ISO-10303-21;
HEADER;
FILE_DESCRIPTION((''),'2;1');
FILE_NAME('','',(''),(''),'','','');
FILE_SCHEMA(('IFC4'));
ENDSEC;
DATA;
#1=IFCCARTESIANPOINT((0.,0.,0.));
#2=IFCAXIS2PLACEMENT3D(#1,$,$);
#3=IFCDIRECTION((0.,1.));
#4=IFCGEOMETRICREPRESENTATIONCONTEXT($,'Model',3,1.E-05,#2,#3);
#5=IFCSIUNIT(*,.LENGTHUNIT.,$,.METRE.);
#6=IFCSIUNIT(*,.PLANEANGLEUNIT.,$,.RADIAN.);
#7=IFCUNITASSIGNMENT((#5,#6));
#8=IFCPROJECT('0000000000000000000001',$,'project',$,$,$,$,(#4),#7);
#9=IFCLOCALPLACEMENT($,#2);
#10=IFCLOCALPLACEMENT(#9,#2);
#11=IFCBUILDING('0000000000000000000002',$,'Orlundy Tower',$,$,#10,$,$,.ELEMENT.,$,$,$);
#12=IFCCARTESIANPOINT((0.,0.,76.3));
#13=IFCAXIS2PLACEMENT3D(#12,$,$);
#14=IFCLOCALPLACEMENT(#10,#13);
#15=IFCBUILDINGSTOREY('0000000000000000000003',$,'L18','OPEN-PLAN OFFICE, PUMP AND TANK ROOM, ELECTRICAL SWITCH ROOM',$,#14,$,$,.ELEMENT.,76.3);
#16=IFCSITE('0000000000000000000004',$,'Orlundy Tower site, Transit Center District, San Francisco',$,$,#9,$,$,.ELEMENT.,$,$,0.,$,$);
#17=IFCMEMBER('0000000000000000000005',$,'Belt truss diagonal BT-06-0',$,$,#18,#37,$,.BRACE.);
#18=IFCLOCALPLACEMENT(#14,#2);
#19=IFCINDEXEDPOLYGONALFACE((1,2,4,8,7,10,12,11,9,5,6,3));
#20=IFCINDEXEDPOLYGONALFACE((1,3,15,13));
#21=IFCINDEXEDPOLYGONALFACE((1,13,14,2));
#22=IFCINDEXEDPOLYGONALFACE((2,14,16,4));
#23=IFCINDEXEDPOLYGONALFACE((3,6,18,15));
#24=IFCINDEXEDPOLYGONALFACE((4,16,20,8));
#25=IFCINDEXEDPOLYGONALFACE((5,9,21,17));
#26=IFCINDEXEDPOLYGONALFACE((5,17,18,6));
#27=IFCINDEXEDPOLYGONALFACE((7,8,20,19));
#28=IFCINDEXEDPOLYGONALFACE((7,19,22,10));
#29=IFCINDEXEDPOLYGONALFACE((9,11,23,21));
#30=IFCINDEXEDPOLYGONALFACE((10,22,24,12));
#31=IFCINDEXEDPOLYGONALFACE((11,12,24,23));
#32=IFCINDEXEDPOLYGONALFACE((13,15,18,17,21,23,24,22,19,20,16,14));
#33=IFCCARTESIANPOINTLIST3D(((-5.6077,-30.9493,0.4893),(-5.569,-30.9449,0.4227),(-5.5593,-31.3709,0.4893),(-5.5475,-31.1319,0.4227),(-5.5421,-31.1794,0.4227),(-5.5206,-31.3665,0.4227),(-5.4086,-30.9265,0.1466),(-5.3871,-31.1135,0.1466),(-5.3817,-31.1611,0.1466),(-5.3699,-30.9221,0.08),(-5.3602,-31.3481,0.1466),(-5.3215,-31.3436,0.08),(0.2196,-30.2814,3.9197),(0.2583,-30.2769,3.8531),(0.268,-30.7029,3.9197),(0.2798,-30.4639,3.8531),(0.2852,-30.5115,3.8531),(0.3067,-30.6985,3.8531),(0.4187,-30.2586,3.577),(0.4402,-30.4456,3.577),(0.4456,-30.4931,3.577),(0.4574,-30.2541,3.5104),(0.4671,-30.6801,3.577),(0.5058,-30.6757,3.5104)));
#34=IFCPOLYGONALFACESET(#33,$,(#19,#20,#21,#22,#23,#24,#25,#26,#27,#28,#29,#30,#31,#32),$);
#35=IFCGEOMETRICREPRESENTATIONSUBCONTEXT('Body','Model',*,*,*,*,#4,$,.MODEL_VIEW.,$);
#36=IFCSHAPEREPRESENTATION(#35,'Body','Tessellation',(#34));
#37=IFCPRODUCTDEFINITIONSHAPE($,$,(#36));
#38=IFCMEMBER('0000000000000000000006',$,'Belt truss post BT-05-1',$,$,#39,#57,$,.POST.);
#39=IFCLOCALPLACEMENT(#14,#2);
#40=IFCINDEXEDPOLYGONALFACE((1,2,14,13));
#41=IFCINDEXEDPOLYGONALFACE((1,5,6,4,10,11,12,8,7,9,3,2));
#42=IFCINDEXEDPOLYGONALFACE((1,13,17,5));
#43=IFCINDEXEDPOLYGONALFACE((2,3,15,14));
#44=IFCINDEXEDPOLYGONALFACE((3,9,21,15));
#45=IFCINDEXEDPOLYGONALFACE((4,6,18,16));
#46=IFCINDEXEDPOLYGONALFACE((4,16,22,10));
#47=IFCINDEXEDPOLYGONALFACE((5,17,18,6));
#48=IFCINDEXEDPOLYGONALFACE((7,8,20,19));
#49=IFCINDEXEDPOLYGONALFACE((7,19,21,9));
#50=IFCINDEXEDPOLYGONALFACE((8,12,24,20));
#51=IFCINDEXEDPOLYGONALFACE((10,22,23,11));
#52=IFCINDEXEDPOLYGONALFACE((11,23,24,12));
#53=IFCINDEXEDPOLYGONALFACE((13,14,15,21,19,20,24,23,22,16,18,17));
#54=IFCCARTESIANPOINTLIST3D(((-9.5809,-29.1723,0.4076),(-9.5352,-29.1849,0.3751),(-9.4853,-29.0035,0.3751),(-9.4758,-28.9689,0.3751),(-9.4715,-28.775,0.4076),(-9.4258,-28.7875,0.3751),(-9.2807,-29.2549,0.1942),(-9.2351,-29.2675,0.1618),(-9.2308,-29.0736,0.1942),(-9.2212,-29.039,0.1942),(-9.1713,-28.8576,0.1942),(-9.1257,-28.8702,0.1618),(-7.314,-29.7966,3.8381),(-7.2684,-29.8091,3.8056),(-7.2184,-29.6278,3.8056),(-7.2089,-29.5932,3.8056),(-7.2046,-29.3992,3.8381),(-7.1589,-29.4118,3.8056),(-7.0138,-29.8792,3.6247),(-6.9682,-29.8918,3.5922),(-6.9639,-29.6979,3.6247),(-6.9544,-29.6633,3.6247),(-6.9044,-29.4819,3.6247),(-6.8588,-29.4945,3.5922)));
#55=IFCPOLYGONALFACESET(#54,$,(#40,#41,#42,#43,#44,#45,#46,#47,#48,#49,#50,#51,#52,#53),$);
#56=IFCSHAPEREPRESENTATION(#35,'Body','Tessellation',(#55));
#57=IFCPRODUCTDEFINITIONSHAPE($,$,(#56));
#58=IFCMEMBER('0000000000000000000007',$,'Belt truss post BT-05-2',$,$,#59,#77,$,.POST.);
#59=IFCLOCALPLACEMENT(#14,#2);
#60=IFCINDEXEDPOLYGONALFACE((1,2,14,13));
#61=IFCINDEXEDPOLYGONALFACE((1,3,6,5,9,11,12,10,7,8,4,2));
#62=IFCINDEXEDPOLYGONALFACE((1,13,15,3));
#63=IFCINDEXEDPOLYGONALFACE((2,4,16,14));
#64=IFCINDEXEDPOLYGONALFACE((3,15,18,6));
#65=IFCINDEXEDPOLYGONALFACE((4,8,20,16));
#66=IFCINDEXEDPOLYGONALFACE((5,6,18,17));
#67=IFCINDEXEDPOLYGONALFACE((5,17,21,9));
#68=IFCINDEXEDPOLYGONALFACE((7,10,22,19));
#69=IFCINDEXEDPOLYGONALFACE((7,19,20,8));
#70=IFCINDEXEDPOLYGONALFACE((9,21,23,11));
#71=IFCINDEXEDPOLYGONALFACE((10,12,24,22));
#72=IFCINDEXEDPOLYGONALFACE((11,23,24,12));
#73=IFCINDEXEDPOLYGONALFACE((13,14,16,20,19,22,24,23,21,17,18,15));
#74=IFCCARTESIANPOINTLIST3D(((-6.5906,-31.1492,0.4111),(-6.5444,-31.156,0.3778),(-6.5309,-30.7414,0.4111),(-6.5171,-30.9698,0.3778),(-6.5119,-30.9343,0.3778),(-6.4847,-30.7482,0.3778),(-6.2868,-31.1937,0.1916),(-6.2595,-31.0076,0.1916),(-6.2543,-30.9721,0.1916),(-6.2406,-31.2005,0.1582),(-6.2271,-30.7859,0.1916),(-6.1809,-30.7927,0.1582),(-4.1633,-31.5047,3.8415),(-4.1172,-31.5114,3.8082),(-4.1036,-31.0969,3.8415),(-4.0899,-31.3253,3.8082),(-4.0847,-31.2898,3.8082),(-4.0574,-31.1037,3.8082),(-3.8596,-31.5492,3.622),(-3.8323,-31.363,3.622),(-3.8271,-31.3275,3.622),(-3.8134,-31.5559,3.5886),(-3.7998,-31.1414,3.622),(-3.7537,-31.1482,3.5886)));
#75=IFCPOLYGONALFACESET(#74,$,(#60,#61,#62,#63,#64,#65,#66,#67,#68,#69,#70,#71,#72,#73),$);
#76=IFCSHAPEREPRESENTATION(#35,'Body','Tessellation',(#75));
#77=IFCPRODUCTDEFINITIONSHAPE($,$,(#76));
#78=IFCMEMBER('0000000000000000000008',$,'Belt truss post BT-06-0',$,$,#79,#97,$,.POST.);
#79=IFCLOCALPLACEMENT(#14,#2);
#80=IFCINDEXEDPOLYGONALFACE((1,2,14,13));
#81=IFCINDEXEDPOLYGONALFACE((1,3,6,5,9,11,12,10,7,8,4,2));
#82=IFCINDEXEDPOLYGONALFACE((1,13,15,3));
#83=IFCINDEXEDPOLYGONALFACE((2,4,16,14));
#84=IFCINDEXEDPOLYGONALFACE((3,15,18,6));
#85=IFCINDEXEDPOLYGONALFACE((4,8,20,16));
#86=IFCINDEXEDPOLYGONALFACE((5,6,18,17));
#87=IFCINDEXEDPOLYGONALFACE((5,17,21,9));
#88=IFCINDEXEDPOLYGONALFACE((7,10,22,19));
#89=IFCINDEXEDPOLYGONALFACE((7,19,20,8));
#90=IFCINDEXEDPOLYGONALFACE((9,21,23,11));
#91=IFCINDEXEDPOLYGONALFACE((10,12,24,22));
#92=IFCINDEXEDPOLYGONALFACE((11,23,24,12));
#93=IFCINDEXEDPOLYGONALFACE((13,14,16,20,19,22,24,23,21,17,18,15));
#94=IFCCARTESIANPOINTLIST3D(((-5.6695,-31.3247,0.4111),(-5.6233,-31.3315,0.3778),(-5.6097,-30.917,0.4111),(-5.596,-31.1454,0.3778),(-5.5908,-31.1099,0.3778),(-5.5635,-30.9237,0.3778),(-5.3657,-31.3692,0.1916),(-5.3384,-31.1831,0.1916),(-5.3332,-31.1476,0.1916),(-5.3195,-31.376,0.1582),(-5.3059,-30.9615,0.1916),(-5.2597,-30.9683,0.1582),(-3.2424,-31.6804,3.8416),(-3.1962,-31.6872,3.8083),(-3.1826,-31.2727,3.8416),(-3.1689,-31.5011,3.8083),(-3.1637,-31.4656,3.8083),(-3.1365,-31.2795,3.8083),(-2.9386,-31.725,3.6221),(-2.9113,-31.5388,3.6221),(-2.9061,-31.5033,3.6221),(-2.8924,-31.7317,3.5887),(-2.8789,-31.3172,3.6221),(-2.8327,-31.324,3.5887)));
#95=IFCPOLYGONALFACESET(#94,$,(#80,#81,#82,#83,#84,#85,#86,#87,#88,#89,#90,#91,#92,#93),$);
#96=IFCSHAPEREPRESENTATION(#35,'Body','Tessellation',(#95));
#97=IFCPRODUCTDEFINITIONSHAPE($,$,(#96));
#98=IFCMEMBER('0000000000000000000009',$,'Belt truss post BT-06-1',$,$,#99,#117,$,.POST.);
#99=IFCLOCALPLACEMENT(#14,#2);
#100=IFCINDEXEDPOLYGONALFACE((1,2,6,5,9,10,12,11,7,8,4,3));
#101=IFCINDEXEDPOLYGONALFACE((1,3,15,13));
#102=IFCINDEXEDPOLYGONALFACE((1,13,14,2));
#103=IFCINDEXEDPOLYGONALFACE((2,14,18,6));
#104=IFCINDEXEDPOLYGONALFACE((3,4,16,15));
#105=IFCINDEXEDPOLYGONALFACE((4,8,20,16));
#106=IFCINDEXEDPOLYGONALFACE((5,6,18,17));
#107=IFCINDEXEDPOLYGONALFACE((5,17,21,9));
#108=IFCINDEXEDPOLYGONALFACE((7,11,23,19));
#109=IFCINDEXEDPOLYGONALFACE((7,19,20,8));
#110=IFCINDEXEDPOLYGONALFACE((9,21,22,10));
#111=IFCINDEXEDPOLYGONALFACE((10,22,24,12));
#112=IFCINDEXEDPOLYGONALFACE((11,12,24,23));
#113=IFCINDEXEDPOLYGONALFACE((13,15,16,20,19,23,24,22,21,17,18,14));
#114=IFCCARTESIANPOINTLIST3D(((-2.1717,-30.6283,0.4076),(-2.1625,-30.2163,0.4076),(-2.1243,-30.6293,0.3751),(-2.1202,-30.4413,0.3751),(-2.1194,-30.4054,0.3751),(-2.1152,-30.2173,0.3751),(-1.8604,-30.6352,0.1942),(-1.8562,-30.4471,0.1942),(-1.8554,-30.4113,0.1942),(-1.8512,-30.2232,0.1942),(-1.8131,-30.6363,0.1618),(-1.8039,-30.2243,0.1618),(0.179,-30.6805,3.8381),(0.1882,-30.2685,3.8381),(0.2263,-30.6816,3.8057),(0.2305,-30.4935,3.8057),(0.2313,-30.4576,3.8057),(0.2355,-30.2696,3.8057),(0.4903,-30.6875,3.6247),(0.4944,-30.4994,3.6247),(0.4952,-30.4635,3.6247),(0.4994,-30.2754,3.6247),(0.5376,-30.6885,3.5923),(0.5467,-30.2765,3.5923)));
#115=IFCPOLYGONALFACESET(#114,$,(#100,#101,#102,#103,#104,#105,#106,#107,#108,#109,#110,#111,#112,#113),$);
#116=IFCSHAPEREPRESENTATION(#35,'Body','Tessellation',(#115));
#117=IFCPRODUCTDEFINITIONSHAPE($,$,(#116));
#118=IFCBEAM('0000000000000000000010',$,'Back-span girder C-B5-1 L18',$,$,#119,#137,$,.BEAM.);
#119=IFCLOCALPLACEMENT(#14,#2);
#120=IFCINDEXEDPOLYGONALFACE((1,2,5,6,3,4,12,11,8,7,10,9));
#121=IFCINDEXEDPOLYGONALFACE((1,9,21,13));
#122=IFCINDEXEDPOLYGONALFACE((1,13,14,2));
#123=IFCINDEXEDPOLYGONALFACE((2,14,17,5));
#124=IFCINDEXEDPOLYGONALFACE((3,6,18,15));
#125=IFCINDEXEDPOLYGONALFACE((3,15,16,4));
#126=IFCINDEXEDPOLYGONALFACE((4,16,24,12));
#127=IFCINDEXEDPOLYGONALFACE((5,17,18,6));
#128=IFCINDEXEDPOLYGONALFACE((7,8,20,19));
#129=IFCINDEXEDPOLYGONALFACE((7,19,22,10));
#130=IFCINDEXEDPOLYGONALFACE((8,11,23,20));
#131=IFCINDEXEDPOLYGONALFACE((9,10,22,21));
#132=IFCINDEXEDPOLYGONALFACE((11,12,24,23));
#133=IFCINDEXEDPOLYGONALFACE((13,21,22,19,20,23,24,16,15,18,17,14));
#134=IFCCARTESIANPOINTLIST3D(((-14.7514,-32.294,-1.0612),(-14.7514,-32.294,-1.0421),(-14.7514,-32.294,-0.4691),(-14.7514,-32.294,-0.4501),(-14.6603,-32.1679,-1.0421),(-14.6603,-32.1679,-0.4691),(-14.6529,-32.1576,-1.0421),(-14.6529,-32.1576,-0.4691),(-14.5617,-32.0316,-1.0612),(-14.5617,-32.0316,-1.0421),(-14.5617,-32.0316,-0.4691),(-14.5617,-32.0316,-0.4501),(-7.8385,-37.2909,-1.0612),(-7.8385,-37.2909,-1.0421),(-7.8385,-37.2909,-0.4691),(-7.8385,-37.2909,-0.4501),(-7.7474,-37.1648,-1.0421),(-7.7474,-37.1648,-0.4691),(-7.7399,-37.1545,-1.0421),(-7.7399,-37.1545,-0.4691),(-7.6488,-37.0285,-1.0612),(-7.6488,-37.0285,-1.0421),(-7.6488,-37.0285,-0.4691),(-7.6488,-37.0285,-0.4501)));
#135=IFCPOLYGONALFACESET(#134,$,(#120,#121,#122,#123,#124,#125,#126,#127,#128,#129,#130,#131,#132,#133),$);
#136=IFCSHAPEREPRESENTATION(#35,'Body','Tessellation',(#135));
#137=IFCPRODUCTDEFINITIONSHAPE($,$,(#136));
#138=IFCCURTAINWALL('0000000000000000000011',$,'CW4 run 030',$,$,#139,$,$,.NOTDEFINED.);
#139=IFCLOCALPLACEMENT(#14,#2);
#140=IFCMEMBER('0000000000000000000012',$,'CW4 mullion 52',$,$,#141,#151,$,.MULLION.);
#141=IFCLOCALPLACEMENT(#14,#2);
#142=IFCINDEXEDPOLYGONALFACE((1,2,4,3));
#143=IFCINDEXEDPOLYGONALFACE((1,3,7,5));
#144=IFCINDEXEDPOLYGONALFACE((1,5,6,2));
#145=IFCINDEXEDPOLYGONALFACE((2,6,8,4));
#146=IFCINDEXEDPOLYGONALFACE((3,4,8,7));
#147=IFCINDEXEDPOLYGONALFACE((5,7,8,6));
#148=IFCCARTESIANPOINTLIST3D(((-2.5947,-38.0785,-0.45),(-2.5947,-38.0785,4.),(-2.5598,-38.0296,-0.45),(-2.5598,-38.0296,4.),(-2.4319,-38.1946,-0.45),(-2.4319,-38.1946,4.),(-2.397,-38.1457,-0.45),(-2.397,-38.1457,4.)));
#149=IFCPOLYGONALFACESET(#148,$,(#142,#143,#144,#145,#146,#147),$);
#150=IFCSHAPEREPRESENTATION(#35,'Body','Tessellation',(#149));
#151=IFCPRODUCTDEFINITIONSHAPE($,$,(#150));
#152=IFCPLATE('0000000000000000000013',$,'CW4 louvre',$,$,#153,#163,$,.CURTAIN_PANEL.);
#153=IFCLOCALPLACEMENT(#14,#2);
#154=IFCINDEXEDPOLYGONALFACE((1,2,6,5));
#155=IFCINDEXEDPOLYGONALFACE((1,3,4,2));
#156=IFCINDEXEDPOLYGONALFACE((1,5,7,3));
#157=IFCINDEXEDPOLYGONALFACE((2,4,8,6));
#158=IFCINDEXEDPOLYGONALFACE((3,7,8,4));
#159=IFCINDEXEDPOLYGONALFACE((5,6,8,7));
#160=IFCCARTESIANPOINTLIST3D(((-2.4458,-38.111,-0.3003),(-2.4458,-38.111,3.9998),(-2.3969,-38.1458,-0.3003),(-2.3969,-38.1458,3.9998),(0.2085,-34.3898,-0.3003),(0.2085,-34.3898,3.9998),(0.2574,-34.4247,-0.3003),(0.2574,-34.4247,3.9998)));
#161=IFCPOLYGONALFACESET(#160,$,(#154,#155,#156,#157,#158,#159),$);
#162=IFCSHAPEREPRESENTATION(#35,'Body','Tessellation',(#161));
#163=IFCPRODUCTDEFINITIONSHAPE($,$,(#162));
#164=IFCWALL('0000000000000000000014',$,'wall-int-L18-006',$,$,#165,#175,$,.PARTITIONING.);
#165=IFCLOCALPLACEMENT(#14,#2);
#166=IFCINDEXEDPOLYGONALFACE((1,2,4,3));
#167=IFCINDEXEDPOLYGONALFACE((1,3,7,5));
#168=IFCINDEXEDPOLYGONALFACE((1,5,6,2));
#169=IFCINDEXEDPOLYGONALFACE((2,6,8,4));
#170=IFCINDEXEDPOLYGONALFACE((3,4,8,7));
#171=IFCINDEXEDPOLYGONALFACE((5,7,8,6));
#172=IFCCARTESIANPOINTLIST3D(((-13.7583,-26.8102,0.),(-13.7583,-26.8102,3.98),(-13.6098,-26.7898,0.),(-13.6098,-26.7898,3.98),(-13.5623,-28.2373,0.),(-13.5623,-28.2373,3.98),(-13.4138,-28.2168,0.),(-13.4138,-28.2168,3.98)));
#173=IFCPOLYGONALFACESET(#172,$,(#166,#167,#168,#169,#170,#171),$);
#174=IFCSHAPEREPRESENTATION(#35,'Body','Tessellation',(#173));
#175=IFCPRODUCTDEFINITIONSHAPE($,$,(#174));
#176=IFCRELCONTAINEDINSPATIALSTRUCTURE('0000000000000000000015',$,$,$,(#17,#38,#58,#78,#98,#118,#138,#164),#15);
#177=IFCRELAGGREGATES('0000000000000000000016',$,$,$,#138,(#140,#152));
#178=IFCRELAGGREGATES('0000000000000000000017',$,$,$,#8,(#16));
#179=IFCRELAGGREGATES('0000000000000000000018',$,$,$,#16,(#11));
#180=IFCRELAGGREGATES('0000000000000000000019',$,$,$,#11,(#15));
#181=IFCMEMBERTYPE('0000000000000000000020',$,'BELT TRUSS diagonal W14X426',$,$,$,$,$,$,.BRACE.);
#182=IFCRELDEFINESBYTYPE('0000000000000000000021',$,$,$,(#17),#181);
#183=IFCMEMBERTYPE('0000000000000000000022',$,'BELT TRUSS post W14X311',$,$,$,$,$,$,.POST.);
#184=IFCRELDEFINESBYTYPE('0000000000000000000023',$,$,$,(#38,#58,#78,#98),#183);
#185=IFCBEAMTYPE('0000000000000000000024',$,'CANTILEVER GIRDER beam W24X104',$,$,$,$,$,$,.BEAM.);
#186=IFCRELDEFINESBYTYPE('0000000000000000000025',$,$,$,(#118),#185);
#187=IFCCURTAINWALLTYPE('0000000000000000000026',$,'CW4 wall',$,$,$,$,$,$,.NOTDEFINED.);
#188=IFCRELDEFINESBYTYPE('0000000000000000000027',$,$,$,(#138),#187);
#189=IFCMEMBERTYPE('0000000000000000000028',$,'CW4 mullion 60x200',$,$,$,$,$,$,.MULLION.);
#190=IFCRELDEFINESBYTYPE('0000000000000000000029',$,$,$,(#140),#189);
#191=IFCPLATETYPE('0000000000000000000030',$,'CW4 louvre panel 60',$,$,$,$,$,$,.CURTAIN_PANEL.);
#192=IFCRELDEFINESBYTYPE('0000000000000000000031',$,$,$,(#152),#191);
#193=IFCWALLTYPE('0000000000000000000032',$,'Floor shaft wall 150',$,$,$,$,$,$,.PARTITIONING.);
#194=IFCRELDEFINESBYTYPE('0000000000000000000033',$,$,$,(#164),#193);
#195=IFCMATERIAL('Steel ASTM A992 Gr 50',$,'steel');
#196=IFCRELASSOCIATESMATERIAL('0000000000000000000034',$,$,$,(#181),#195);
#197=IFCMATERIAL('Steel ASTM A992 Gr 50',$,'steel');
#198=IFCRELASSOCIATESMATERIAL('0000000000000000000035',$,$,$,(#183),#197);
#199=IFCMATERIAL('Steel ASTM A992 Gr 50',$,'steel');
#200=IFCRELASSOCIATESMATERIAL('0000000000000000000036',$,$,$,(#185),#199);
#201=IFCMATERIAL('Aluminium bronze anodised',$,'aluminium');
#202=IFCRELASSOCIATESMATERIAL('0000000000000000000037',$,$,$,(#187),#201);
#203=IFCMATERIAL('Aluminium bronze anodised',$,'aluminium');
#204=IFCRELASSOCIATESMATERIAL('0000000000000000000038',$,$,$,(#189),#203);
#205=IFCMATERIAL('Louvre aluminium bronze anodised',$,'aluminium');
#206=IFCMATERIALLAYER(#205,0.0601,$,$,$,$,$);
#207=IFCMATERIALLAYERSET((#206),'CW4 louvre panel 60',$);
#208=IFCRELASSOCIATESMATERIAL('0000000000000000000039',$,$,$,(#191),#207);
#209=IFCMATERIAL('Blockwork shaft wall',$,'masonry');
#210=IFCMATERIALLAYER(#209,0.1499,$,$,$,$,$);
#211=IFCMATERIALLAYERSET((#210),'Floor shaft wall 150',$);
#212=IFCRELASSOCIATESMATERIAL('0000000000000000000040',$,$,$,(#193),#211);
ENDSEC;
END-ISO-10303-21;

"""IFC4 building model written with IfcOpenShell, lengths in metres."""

from ifc_helpers import new_model, si_unit, direction, frame, frame_2d, origin, origin_2d, place, context, subcontext, project, spatial, rectangle, i_section, extrude, material, layer, layer_set, material_profile, profile_set, type_object, element, aggregate, save


model = new_model("IFC4")

# Units and contexts
model_context = context("Model", 3, precision=1e-05, world=origin(), true_north=direction((0.0, 1.0)))
body_context = subcontext(model_context, "Body", "Model", "MODEL_VIEW")
ifc_project = project(units=[si_unit("LENGTHUNIT", "METRE"), si_unit("PLANEANGLEUNIT", "RADIAN")], contexts=[model_context])

# Site, building, storey
site_placement = place(None, origin())
site = spatial("IfcSite", under=ifc_project, at=site_placement, Name="Orlundy Tower site, Transit Center District, San Francisco", CompositionType="ELEMENT", RefElevation=0.0)
building_placement = place(site_placement, origin())
building = spatial("IfcBuilding", under=site, at=building_placement, Name="Orlundy Tower", CompositionType="ELEMENT")
storey_placement = place(building_placement, frame((0.0, 0.0, 76.3)))
storey = spatial("IfcBuildingStorey", under=building, at=storey_placement, Name="L18", Description="OPEN-PLAN OFFICE, PUMP AND TANK ROOM, ELECTRICAL SWITCH ROOM", CompositionType="ELEMENT", Elevation=76.3)

# Members
ifc_material_1 = material(Name="Steel ASTM A992 Gr 50", Category="steel")
ifc_material_profile_1 = material_profile(ifc_material_1, i_section(OverallWidth=0.4243, OverallDepth=0.4741, WebThickness=0.0479, FlangeThickness=0.0771, at=origin_2d()), Name="W14X426")
ifc_profile_set_1 = profile_set([ifc_material_profile_1], Name="Steel ASTM A992 Gr 50")
member_type_1 = type_object("IfcMemberType", Name="BELT TRUSS diagonal W14X426", PredefinedType="BRACE", material=ifc_profile_set_1)
member_1_placement = place(storey_placement, frame((-5.4646, -31.1465, 0.2847), z_axis=(0.857596, 0.098303, 0.504842), x_axis=(-0.11388, 0.993495, 0.0)))
element("IfcMember", 1, at=member_1_placement, inside=storey, type_object=member_type_1, Name="Belt truss diagonal BT-06-0", PredefinedType="BRACE", context=body_context, shape_type="SweptSolid", body=[
    extrude(i_section(OverallWidth=0.4243, OverallDepth=0.4741, WebThickness=0.0479, FlangeThickness=0.0771, at=origin_2d()), origin(), (0.0, 0.0, 1.0), 6.7949),
])
ifc_material_2 = material(Name="Steel ASTM A992 Gr 50", Category="steel")
ifc_material_profile_2 = material_profile(ifc_material_2, i_section(OverallWidth=0.4121, OverallDepth=0.4348, WebThickness=0.0359, FlangeThickness=0.0574, at=origin_2d()), Name="W14X311")
ifc_profile_set_2 = profile_set([ifc_material_profile_2], Name="Steel ASTM A992 Gr 50")
member_type_2 = type_object("IfcMemberType", Name="BELT TRUSS post W14X311", PredefinedType="POST", material=ifc_profile_set_2)
member_2_placement = place(storey_placement, frame((-9.3533, -29.0212, 0.2847), z_axis=(0.545065, -0.150106, 0.824847), x_axis=(0.265506, 0.964109, 0.0)))
element("IfcMember", 2, at=member_2_placement, inside=storey, type_object=member_type_2, Name="Belt truss post BT-05-1", PredefinedType="POST", context=body_context, shape_type="SweptSolid", body=[
    extrude(i_section(OverallWidth=0.4121, OverallDepth=0.4348, WebThickness=0.0359, FlangeThickness=0.0574, at=origin_2d()), origin(), (0.0, 0.0, 1.0), 4.1589),
])
for number, where, z_axis, x_axis, name in (
    (3, (-6.3857, -30.9709, 0.2847), (0.575544, -0.084288, 0.813415), (0.144904, 0.989446, 0.0), "Belt truss post BT-05-2"),
    (4, (-5.4646, -31.1465, 0.2847), (0.575503, -0.084348, 0.813438), (0.145015, 0.989429, 0.0), "Belt truss post BT-06-0"),
):
    element("IfcMember", number, at=place(storey_placement, frame(where, z_axis=z_axis, x_axis=x_axis)), inside=storey, type_object=member_type_2, Name=name, PredefinedType="POST", context=body_context, shape_type="SweptSolid", body=[
        extrude(i_section(OverallWidth=0.4121, OverallDepth=0.4348, WebThickness=0.0359, FlangeThickness=0.0574, at=origin_2d()), origin(), (0.0, 0.0, 1.0), 4.2173),
    ])
member_3_placement = place(storey_placement, frame((-1.9878, -30.4263, 0.2847), z_axis=(0.565205, -0.012563, 0.824855), x_axis=(0.022221, 0.999753, 0.0)))
element("IfcMember", 5, at=member_3_placement, inside=storey, type_object=member_type_2, Name="Belt truss post BT-06-1", PredefinedType="POST", context=body_context, shape_type="SweptSolid", body=[
    extrude(i_section(OverallWidth=0.4121, OverallDepth=0.4348, WebThickness=0.0359, FlangeThickness=0.0574, at=origin_2d()), origin(), (0.0, 0.0, 1.0), 4.1589),
])

# Beam
ifc_material_3 = material(Name="Steel ASTM A992 Gr 50", Category="steel")
ifc_material_profile_3 = material_profile(ifc_material_3, i_section(OverallWidth=0.3237, OverallDepth=0.6111, WebThickness=0.0127, FlangeThickness=0.019, at=origin_2d()), Name="W24X104")
ifc_profile_set_3 = profile_set([ifc_material_profile_3], Name="Steel ASTM A992 Gr 50")
beam_type = type_object("IfcBeamType", Name="CANTILEVER GIRDER beam W24X104", PredefinedType="BEAM", material=ifc_profile_set_3)
beam_placement = place(storey_placement, frame((-7.7437, -37.1597, -0.7556), z_axis=(-0.810444, 0.585816, 0.0), x_axis=(-0.585816, -0.810444, 0.0)))
element("IfcBeam", 6, at=beam_placement, inside=storey, type_object=beam_type, Name="Back-span girder C-B5-1 L18", PredefinedType="BEAM", context=body_context, shape_type="SweptSolid", body=[
    extrude(i_section(OverallWidth=0.3237, OverallDepth=0.6111, WebThickness=0.0127, FlangeThickness=0.019, at=origin_2d()), origin(), (0.0, 0.0, 1.0), 8.5298),
])

# Curtain wall, member, plate
ifc_material_4 = material(Name="Aluminium bronze anodised", Category="aluminium")
curtain_wall_type = type_object("IfcCurtainWallType", Name="CW4 wall", PredefinedType="NOTDEFINED", material=ifc_material_4)
curtain_wall_placement = place(storey_placement, origin())
curtain_wall = element("IfcCurtainWall", 7, at=curtain_wall_placement, inside=storey, type_object=curtain_wall_type, Name="CW4 run 030", PredefinedType="NOTDEFINED")
ifc_material_5 = material(Name="Aluminium bronze anodised", Category="aluminium")
ifc_material_profile_4 = material_profile(ifc_material_5, rectangle(XDim=0.2, YDim=0.0601, at=origin_2d()), Name="CW4 mullion 60x200")
ifc_profile_set_4 = profile_set([ifc_material_profile_4], Name="Aluminium bronze anodised")
member_type_3 = type_object("IfcMemberType", Name="CW4 mullion 60x200", PredefinedType="MULLION", material=ifc_profile_set_4)
member_4_placement = place(storey_placement, frame((-2.4958, -38.1121, -0.45), z_axis=(0.0, 0.0, 1.0), x_axis=(0.81411, -0.58071, 0.0)))
member_4 = element("IfcMember", 8, at=member_4_placement, type_object=member_type_3, Name="CW4 mullion 52", PredefinedType="MULLION", context=body_context, shape_type="SweptSolid", body=[
    extrude(rectangle(XDim=0.2, YDim=0.0601, at=origin_2d()), origin(), (0.0, 0.0, 1.0), 4.45),
])
ifc_material_6 = material(Name="Louvre aluminium bronze anodised", Category="aluminium")
ifc_layer_1 = layer(ifc_material_6, 0.0601)
ifc_layer_set_1 = layer_set([ifc_layer_1], Name="CW4 louvre panel 60")
plate_type = type_object("IfcPlateType", Name="CW4 louvre panel 60", PredefinedType="CURTAIN_PANEL", material=ifc_layer_set_1)
plate_placement = place(storey_placement, frame((-1.0942, -36.2678, -0.3003), z_axis=(0.0, 0.0, 1.0), x_axis=(-0.58071, -0.81411, 0.0)))
plate = element("IfcPlate", 9, at=plate_placement, type_object=plate_type, Name="CW4 louvre", PredefinedType="CURTAIN_PANEL", context=body_context, shape_type="SweptSolid", body=[
    extrude(rectangle(XDim=4.5708, YDim=0.0601, at=origin_2d()), origin(), (0.0, 0.0, 1.0), 4.3),
])
aggregate(curtain_wall, [member_4, plate])

# Wall
ifc_material_7 = material(Name="Blockwork shaft wall", Category="masonry")
ifc_layer_2 = layer(ifc_material_7, 0.1499)
ifc_layer_set_2 = layer_set([ifc_layer_2], Name="Floor shaft wall 150")
wall_type = type_object("IfcWallType", Name="Floor shaft wall 150", PredefinedType="PARTITIONING", material=ifc_layer_set_2)
wall_1_placement = place(storey_placement, frame((-13.488, -28.2271, 0.0), z_axis=(0.0, 0.0, 1.0), x_axis=(-0.136104, 0.990695, 0.0)))
element("IfcWall", 10, at=wall_1_placement, inside=storey, type_object=wall_type, Name="wall-int-L18-006", PredefinedType="PARTITIONING", context=body_context, shape_type="SweptSolid", body=[
    extrude(rectangle(XDim=1.4404, YDim=0.1499, at=frame_2d((0.7202, 0.0))), origin(), (0.0, 0.0, 1.0), 3.98),
])

save(model, "model.ifc")
